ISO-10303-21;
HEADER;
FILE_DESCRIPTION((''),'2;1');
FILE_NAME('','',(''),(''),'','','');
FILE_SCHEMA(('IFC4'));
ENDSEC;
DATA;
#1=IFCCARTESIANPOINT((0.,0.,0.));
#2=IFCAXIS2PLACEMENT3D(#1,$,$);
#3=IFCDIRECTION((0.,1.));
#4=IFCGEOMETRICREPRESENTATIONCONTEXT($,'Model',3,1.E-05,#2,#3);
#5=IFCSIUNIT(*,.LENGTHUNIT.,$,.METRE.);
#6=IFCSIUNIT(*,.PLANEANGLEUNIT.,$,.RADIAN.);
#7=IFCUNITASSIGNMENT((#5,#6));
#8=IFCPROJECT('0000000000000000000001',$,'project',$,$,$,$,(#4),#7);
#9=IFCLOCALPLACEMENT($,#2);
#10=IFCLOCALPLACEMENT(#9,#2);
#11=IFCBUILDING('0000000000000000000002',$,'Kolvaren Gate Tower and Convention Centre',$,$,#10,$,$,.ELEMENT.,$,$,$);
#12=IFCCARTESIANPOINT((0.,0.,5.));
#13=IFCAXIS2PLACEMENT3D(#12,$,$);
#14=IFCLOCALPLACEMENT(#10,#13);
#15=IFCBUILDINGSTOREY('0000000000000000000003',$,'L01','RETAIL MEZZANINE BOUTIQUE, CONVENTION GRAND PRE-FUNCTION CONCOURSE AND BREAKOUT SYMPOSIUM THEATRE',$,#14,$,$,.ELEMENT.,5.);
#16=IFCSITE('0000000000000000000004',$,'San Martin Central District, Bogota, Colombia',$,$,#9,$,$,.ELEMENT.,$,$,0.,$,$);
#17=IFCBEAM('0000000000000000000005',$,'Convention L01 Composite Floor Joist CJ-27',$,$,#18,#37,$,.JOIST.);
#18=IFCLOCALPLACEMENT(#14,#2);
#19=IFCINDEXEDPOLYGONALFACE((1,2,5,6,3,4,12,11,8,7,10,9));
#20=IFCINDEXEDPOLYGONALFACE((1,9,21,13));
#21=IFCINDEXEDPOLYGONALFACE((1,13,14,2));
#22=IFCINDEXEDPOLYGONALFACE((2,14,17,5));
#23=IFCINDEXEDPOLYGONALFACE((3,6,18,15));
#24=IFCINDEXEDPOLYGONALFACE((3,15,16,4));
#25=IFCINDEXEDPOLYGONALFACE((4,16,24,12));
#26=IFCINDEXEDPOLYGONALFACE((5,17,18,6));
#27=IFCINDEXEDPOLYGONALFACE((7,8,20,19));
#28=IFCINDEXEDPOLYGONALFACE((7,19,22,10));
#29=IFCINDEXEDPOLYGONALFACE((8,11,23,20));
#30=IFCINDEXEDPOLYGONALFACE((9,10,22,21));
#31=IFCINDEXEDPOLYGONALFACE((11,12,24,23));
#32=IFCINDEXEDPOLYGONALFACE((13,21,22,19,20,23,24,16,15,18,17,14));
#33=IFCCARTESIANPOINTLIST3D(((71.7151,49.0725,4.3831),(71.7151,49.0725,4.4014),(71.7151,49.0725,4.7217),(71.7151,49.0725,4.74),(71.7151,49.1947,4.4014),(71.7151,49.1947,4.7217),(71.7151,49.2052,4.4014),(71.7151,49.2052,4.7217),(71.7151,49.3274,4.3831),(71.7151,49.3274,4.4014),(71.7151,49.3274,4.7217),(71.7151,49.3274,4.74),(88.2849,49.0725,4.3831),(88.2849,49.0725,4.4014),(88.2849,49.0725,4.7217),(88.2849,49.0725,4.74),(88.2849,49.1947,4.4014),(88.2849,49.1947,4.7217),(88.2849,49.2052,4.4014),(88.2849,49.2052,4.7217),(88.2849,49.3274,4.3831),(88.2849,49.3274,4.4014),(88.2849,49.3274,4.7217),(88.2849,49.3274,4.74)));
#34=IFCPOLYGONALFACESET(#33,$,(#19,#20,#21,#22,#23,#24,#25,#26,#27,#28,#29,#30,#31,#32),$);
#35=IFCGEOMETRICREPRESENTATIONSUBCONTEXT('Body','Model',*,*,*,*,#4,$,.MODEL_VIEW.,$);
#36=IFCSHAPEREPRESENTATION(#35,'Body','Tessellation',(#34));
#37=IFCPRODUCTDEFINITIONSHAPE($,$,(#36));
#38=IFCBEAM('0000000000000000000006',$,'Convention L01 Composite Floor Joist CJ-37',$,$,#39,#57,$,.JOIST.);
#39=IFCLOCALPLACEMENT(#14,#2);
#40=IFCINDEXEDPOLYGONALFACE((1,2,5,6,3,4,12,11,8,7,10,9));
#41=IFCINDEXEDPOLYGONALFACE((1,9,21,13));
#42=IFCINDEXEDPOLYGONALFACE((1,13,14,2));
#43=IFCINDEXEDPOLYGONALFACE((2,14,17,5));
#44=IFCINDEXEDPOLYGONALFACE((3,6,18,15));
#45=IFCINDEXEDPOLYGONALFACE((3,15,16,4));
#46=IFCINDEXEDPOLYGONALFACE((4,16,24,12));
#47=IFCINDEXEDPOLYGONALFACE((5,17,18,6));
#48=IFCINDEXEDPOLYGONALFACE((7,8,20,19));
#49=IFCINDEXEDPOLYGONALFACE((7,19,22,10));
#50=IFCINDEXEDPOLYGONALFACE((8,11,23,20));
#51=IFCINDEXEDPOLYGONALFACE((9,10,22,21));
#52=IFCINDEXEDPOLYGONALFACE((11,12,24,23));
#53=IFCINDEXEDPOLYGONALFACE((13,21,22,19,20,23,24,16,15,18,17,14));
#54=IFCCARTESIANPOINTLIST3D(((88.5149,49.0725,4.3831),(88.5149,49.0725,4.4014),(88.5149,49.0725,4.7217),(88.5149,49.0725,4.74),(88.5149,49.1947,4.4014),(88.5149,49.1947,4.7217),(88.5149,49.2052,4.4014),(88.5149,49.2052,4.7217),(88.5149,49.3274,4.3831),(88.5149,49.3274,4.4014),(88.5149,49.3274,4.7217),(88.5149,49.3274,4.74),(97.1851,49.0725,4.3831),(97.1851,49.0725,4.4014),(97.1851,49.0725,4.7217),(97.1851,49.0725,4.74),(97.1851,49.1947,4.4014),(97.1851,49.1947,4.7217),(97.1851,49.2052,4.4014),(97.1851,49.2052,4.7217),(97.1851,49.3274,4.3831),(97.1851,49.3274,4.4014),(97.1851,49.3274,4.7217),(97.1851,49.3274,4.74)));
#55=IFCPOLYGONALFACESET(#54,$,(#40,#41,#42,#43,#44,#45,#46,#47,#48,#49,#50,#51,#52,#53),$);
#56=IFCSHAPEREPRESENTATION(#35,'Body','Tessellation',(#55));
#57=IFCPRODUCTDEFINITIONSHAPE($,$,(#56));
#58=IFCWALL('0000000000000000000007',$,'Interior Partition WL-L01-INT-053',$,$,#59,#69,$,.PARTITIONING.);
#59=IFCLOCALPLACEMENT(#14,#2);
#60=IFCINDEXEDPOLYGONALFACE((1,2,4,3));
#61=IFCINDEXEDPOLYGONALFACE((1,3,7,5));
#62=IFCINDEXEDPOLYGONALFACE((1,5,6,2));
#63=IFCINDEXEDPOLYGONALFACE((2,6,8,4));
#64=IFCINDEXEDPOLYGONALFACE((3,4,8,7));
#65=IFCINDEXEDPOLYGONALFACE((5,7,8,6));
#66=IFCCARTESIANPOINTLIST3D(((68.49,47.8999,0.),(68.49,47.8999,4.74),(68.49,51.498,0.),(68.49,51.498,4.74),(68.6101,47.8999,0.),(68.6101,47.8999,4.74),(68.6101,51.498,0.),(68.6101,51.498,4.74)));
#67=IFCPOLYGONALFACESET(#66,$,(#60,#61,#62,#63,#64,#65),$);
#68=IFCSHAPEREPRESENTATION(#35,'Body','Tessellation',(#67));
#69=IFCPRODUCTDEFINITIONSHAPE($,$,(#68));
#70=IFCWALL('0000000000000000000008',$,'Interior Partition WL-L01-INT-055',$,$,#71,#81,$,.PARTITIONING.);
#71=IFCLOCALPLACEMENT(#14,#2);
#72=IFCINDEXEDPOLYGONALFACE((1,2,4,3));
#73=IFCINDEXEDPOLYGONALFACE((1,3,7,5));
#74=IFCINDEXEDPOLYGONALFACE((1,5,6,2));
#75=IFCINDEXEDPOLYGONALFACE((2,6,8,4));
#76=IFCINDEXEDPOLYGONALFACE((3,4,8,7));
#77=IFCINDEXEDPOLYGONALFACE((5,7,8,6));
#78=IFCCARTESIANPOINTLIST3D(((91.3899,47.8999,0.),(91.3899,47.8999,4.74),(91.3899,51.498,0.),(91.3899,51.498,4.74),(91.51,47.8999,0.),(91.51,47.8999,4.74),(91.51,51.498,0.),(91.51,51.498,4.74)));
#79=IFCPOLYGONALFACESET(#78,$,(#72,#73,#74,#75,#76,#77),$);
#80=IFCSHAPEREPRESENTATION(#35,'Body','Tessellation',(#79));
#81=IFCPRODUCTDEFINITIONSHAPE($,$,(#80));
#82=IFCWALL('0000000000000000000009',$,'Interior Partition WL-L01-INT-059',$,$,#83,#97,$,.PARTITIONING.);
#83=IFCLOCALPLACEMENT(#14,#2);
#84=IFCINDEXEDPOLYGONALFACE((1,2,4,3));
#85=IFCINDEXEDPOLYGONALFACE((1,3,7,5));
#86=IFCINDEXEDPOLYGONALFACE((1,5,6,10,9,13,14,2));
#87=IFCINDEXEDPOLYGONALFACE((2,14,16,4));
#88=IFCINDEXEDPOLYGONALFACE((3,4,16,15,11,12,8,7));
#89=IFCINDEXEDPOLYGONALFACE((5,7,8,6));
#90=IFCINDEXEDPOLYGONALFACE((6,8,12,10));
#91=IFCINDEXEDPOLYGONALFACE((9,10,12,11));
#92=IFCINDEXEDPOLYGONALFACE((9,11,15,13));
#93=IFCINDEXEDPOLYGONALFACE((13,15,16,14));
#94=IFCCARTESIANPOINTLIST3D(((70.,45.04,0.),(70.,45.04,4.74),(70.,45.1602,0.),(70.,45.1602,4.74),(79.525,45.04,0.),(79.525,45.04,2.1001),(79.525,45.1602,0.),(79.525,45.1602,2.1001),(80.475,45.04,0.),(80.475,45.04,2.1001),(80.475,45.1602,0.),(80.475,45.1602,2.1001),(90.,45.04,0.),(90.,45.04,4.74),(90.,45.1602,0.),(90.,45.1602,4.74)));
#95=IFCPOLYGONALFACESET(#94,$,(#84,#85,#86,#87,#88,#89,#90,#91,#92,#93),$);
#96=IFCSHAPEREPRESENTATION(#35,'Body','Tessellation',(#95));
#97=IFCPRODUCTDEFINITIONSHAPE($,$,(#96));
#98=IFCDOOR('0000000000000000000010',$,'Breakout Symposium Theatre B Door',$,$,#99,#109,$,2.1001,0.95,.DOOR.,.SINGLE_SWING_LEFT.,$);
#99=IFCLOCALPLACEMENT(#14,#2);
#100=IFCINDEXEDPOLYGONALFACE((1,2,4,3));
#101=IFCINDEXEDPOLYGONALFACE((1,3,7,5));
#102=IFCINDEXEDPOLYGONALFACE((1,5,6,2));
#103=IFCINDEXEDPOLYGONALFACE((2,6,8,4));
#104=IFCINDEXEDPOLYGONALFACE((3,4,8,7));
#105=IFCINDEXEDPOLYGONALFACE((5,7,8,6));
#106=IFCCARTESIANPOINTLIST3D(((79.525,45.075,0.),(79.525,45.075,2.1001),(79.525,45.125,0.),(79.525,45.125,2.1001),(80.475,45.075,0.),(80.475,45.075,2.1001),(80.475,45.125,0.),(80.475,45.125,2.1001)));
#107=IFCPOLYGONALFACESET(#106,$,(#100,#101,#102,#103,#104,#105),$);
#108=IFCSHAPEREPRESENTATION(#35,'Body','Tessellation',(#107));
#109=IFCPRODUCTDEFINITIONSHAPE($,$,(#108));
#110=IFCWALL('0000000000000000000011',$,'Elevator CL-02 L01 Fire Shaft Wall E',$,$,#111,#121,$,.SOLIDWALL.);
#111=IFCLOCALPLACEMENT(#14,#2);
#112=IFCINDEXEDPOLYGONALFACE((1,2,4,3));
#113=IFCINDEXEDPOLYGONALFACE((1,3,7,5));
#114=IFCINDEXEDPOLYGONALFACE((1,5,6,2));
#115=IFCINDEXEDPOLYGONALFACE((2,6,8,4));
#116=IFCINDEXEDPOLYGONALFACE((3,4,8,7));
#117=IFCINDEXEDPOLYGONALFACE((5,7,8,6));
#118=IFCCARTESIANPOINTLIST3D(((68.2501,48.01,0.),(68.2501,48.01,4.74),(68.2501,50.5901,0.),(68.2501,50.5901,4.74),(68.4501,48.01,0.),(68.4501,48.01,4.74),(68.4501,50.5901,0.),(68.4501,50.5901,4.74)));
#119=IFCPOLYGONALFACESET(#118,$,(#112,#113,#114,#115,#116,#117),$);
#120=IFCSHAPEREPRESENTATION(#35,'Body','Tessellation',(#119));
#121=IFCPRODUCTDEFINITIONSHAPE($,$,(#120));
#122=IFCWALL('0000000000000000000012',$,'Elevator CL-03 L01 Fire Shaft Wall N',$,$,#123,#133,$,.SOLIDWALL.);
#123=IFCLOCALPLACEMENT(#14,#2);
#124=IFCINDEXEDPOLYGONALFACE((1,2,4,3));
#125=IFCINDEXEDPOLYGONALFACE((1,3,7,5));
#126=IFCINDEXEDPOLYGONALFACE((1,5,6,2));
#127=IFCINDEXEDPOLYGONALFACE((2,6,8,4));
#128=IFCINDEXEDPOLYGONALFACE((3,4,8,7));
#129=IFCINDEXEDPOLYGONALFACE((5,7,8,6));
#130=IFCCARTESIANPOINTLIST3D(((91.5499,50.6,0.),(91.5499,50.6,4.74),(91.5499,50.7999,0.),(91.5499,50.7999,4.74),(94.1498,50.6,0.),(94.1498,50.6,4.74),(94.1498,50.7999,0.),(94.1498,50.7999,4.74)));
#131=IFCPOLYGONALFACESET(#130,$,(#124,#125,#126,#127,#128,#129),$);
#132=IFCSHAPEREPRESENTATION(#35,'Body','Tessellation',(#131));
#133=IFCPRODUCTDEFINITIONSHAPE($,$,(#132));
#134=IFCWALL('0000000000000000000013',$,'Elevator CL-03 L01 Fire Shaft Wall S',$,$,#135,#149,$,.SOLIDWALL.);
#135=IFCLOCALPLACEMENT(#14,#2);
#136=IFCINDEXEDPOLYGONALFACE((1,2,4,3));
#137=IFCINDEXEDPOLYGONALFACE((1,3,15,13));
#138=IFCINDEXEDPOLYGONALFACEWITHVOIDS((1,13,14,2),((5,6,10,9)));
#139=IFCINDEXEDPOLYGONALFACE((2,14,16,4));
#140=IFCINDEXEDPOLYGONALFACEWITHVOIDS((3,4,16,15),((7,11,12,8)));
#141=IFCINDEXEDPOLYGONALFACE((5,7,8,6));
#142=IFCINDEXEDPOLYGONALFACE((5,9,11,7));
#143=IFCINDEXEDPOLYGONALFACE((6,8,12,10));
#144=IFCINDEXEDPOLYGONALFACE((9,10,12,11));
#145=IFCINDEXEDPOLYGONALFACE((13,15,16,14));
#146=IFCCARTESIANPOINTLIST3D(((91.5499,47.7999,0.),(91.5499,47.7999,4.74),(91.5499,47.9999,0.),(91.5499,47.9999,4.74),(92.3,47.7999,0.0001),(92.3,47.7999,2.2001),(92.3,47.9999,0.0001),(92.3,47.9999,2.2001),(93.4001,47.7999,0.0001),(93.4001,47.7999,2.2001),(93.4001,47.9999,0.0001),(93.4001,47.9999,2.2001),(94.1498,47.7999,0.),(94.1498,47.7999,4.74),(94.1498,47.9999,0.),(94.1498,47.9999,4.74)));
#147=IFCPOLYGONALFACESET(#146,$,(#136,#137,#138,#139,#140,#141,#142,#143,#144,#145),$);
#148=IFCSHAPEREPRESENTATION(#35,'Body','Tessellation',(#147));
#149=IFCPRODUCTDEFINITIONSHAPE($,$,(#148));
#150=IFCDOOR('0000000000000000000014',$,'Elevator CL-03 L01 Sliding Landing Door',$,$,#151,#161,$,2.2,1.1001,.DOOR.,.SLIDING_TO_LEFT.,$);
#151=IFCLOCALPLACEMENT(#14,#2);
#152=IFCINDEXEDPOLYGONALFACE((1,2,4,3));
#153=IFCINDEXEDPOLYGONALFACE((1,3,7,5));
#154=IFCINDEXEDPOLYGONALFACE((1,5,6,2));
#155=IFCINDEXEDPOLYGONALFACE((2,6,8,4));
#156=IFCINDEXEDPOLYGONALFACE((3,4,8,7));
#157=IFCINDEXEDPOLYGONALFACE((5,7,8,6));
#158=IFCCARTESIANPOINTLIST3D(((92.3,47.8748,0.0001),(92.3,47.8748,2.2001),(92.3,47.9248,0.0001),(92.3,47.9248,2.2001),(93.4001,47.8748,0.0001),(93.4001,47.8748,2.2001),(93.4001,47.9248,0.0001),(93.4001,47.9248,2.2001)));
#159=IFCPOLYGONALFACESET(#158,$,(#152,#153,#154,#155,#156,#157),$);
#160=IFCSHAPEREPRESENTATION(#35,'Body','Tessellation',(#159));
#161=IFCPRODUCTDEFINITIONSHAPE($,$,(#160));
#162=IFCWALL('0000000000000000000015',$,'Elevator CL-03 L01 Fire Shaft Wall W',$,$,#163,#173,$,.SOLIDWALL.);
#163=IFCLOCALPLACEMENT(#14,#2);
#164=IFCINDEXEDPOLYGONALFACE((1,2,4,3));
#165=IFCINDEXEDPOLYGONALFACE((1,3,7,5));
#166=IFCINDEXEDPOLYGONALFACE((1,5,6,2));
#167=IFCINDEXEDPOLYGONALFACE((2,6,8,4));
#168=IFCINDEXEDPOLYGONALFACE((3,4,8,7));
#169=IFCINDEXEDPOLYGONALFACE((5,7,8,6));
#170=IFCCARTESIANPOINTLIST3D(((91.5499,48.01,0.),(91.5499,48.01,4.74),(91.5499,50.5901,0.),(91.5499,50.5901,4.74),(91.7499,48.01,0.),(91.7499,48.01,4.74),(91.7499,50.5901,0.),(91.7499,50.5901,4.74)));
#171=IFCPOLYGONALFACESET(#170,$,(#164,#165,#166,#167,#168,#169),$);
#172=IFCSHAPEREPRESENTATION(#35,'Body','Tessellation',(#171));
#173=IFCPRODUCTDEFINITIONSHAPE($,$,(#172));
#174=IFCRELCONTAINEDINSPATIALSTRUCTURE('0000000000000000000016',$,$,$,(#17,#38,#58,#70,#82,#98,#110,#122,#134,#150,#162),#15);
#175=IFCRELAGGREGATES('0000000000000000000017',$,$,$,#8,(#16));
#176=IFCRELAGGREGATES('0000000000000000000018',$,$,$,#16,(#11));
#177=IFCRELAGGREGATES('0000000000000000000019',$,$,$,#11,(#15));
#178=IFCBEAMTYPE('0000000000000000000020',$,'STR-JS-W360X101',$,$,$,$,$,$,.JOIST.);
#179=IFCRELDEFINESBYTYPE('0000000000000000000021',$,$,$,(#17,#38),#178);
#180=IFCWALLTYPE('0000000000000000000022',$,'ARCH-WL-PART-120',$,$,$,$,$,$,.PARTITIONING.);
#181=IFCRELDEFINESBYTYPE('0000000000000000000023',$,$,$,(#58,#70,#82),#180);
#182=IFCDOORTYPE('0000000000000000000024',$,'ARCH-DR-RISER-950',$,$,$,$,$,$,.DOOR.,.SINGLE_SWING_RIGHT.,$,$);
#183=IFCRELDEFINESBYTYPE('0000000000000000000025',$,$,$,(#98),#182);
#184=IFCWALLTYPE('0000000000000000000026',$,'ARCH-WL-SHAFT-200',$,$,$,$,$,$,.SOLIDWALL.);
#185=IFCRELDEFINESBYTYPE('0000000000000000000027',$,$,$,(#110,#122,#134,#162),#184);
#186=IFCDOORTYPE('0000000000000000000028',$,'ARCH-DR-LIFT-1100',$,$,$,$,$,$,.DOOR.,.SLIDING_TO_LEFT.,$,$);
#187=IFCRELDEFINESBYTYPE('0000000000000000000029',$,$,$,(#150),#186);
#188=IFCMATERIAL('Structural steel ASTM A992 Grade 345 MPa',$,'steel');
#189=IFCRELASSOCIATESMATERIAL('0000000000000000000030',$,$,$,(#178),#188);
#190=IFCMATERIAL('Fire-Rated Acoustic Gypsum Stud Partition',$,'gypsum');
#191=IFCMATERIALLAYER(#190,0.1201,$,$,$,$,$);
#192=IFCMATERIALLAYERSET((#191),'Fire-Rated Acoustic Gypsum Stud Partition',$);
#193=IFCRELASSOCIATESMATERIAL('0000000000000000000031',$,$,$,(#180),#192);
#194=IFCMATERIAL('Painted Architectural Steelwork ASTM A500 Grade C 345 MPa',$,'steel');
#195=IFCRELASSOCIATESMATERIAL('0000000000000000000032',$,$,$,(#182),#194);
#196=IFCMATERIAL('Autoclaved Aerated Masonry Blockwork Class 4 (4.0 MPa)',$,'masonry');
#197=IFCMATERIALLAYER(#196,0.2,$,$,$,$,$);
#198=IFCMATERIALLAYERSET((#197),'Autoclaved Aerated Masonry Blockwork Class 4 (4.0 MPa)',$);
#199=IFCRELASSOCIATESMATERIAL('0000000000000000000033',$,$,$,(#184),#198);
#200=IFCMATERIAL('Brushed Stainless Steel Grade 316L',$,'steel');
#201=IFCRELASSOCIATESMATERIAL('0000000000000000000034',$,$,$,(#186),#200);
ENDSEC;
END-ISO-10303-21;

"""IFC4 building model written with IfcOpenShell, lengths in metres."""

from ifc_helpers import new_model, si_unit, direction, frame, frame_2d, origin, origin_2d, place, context, subcontext, project, spatial, rectangle, i_section, extrude, material, layer, layer_set, material_profile, profile_set, type_object, element, fill, save


model = new_model("IFC4")

# Units and contexts
model_context = context("Model", 3, precision=1e-05, world=origin(), true_north=direction((0.0, 1.0)))
body_context = subcontext(model_context, "Body", "Model", "MODEL_VIEW")
ifc_project = project(units=[si_unit("LENGTHUNIT", "METRE"), si_unit("PLANEANGLEUNIT", "RADIAN")], contexts=[model_context])

# Site, building, storey
site_placement = place(None, origin())
site = spatial("IfcSite", under=ifc_project, at=site_placement, Name="San Martin Central District, Bogota, Colombia", CompositionType="ELEMENT", RefElevation=0.0)
building_placement = place(site_placement, origin())
building = spatial("IfcBuilding", under=site, at=building_placement, Name="Kolvaren Gate Tower and Convention Centre", CompositionType="ELEMENT")
storey_placement = place(building_placement, frame((0.0, 0.0, 5.0)))
storey = spatial("IfcBuildingStorey", under=building, at=storey_placement, Name="L01", Description="RETAIL MEZZANINE BOUTIQUE, CONVENTION GRAND PRE-FUNCTION CONCOURSE AND BREAKOUT SYMPOSIUM THEATRE", CompositionType="ELEMENT", Elevation=5.0)

# Beams
ifc_material_1 = material(Name="Structural steel ASTM A992 Grade 345 MPa", Category="steel")
ifc_material_profile_1 = material_profile(ifc_material_1, i_section(OverallWidth=0.2549, OverallDepth=0.3569, WebThickness=0.0105, FlangeThickness=0.0183, at=origin_2d()), Name="W360X101")
ifc_profile_set_1 = profile_set([ifc_material_profile_1], Name="Structural steel ASTM A992 Grade 345 MPa")
beam_type_1 = type_object("IfcBeamType", Name="STR-JS-W360X101", PredefinedType="JOIST", material=ifc_profile_set_1)
beam_1_placement = place(storey_placement, frame((71.7151, 49.2, 4.5615), z_axis=(1.0, 0.0, 0.0), x_axis=(0.0, 1.0, 0.0)))
element("IfcBeam", 1, at=beam_1_placement, inside=storey, type_object=beam_type_1, Name="Convention L01 Composite Floor Joist CJ-27", PredefinedType="JOIST", context=body_context, shape_type="SweptSolid", body=[
    extrude(i_section(OverallWidth=0.2549, OverallDepth=0.3569, WebThickness=0.0105, FlangeThickness=0.0183, at=origin_2d()), origin(), (0.0, 0.0, 1.0), 16.5698),
])
beam_2_placement = place(storey_placement, frame((88.5149, 49.2, 4.5615), z_axis=(1.0, 0.0, 0.0), x_axis=(0.0, 1.0, 0.0)))
element("IfcBeam", 2, at=beam_2_placement, inside=storey, type_object=beam_type_1, Name="Convention L01 Composite Floor Joist CJ-37", PredefinedType="JOIST", context=body_context, shape_type="SweptSolid", body=[
    extrude(i_section(OverallWidth=0.2549, OverallDepth=0.3569, WebThickness=0.0105, FlangeThickness=0.0183, at=origin_2d()), origin(), (0.0, 0.0, 1.0), 8.6702),
])

# Walls
ifc_material_2 = material(Name="Fire-Rated Acoustic Gypsum Stud Partition", Category="gypsum")
ifc_layer_1 = layer(ifc_material_2, 0.1201)
ifc_layer_set_1 = layer_set([ifc_layer_1], Name="Fire-Rated Acoustic Gypsum Stud Partition")
wall_type_1 = type_object("IfcWallType", Name="ARCH-WL-PART-120", PredefinedType="PARTITIONING", material=ifc_layer_set_1)
for number, where, z_axis, x_axis, name in (
    (3, (68.55, 47.8999, 0.0), (0.0, 0.0, 1.0), (0.0, 1.0, 0.0), "Interior Partition WL-L01-INT-053"),
    (4, (91.45, 47.8999, 0.0), (0.0, 0.0, 1.0), (0.0, 1.0, 0.0), "Interior Partition WL-L01-INT-055"),
):
    element("IfcWall", number, at=place(storey_placement, frame(where, z_axis=z_axis, x_axis=x_axis)), inside=storey, type_object=wall_type_1, Name=name, PredefinedType="PARTITIONING", context=body_context, shape_type="SweptSolid", body=[
        extrude(rectangle(XDim=3.5981, YDim=0.1201, at=frame_2d((1.7991, 0.0))), origin(), (0.0, 0.0, 1.0), 4.74),
    ])

# Wall, opening, door
wall_1_placement = place(storey_placement, frame((70.0, 45.1001, 0.0), z_axis=(0.0, 0.0, 1.0), x_axis=(1.0, 0.0, 0.0)))
wall_1 = element("IfcWall", 5, at=wall_1_placement, inside=storey, type_object=wall_type_1, Name="Interior Partition WL-L01-INT-059", PredefinedType="PARTITIONING", context=body_context, shape_type="SweptSolid", body=[
    extrude(rectangle(XDim=20.0, YDim=0.1201, at=frame_2d((10.0, 0.0))), origin(), (0.0, 0.0, 1.0), 4.74),
])
opening_1_placement = place(wall_1_placement, frame((9.5249, 0.0, 0.0)))
opening_1 = element("IfcOpeningElement", 6, at=opening_1_placement, cuts=wall_1, PredefinedType="OPENING", context=body_context, shape_type="SweptSolid", body=[
    extrude(rectangle(XDim=0.95, YDim=2.1001, at=frame_2d((0.4751, 1.05))), frame((0.0, 0.0701, 0.0), z_axis=(0.0, -1.0, 0.0), x_axis=(1.0, 0.0, 0.0)), (0.0, 0.0, 1.0), 0.1401),
])
ifc_material_3 = material(Name="Painted Architectural Steelwork ASTM A500 Grade C 345 MPa", Category="steel")
door_type_1 = type_object("IfcDoorType", Name="ARCH-DR-RISER-950", OperationType="SINGLE_SWING_RIGHT", PredefinedType="DOOR", material=ifc_material_3)
door_1_placement = place(opening_1_placement, origin())
door_1 = element("IfcDoor", 7, at=door_1_placement, inside=storey, type_object=door_type_1, Name="Breakout Symposium Theatre B Door", OperationType="SINGLE_SWING_LEFT", OverallHeight=2.1001, OverallWidth=0.95, PredefinedType="DOOR", context=body_context, shape_type="SweptSolid", body=[
    extrude(rectangle(XDim=0.95, YDim=2.1001, at=frame_2d((0.4751, 1.05))), frame((0.0, 0.0249, 0.0), z_axis=(0.0, -1.0, 0.0), x_axis=(1.0, 0.0, 0.0)), (0.0, 0.0, 1.0), 0.05),
])
fill(opening_1, door_1)

# Walls
ifc_material_4 = material(Name="Autoclaved Aerated Masonry Blockwork Class 4 (4.0 MPa)", Category="masonry")
ifc_layer_2 = layer(ifc_material_4, 0.2)
ifc_layer_set_2 = layer_set([ifc_layer_2], Name="Autoclaved Aerated Masonry Blockwork Class 4 (4.0 MPa)")
wall_type_2 = type_object("IfcWallType", Name="ARCH-WL-SHAFT-200", PredefinedType="SOLIDWALL", material=ifc_layer_set_2)
wall_2_placement = place(storey_placement, frame((68.3501, 48.01, 0.0), z_axis=(0.0, 0.0, 1.0), x_axis=(0.0, 1.0, 0.0)))
element("IfcWall", 8, at=wall_2_placement, inside=storey, type_object=wall_type_2, Name="Elevator CL-02 L01 Fire Shaft Wall E", PredefinedType="SOLIDWALL", context=body_context, shape_type="SweptSolid", body=[
    extrude(rectangle(XDim=2.5801, YDim=0.2, at=frame_2d((1.29, 0.0))), origin(), (0.0, 0.0, 1.0), 4.74),
])
wall_3_placement = place(storey_placement, frame((91.55, 50.7, 0.0), z_axis=(0.0, 0.0, 1.0), x_axis=(1.0, 0.0, 0.0)))
element("IfcWall", 9, at=wall_3_placement, inside=storey, type_object=wall_type_2, Name="Elevator CL-03 L01 Fire Shaft Wall N", PredefinedType="SOLIDWALL", context=body_context, shape_type="SweptSolid", body=[
    extrude(rectangle(XDim=2.5999, YDim=0.2, at=frame_2d((1.2998, 0.0))), origin(), (0.0, 0.0, 1.0), 4.74),
])

# Wall, opening, door
wall_4_placement = place(storey_placement, frame((91.55, 47.8999, 0.0), z_axis=(0.0, 0.0, 1.0), x_axis=(1.0, 0.0, 0.0)))
wall_4 = element("IfcWall", 10, at=wall_4_placement, inside=storey, type_object=wall_type_2, Name="Elevator CL-03 L01 Fire Shaft Wall S", PredefinedType="SOLIDWALL", context=body_context, shape_type="SweptSolid", body=[
    extrude(rectangle(XDim=2.5999, YDim=0.2, at=frame_2d((1.2998, 0.0))), origin(), (0.0, 0.0, 1.0), 4.74),
])
opening_2_placement = place(wall_4_placement, frame((0.75, 0.0, 0.0)))
opening_2 = element("IfcOpeningElement", 11, at=opening_2_placement, cuts=wall_4, PredefinedType="OPENING", context=body_context, shape_type="SweptSolid", body=[
    extrude(rectangle(XDim=1.1001, YDim=2.2, at=frame_2d((0.55, 1.1001))), frame((0.0, 0.1099, 0.0), z_axis=(0.0, -1.0, 0.0), x_axis=(1.0, 0.0, 0.0)), (0.0, 0.0, 1.0), 0.22),
])
ifc_material_5 = material(Name="Brushed Stainless Steel Grade 316L", Category="steel")
door_type_2 = type_object("IfcDoorType", Name="ARCH-DR-LIFT-1100", OperationType="SLIDING_TO_LEFT", PredefinedType="DOOR", material=ifc_material_5)
door_2_placement = place(opening_2_placement, origin())
door_2 = element("IfcDoor", 12, at=door_2_placement, inside=storey, type_object=door_type_2, Name="Elevator CL-03 L01 Sliding Landing Door", OperationType="SLIDING_TO_LEFT", OverallHeight=2.2, OverallWidth=1.1001, PredefinedType="DOOR", context=body_context, shape_type="SweptSolid", body=[
    extrude(rectangle(XDim=1.1001, YDim=2.2, at=frame_2d((0.55, 1.1001))), frame((0.0, 0.0249, 0.0), z_axis=(0.0, -1.0, 0.0), x_axis=(1.0, 0.0, 0.0)), (0.0, 0.0, 1.0), 0.05),
])
fill(opening_2, door_2)

# Wall
wall_5_placement = place(storey_placement, frame((91.6499, 48.01, 0.0), z_axis=(0.0, 0.0, 1.0), x_axis=(0.0, 1.0, 0.0)))
element("IfcWall", 13, at=wall_5_placement, inside=storey, type_object=wall_type_2, Name="Elevator CL-03 L01 Fire Shaft Wall W", PredefinedType="SOLIDWALL", context=body_context, shape_type="SweptSolid", body=[
    extrude(rectangle(XDim=2.5801, YDim=0.2, at=frame_2d((1.29, 0.0))), origin(), (0.0, 0.0, 1.0), 4.74),
])

save(model, "model.ifc")
